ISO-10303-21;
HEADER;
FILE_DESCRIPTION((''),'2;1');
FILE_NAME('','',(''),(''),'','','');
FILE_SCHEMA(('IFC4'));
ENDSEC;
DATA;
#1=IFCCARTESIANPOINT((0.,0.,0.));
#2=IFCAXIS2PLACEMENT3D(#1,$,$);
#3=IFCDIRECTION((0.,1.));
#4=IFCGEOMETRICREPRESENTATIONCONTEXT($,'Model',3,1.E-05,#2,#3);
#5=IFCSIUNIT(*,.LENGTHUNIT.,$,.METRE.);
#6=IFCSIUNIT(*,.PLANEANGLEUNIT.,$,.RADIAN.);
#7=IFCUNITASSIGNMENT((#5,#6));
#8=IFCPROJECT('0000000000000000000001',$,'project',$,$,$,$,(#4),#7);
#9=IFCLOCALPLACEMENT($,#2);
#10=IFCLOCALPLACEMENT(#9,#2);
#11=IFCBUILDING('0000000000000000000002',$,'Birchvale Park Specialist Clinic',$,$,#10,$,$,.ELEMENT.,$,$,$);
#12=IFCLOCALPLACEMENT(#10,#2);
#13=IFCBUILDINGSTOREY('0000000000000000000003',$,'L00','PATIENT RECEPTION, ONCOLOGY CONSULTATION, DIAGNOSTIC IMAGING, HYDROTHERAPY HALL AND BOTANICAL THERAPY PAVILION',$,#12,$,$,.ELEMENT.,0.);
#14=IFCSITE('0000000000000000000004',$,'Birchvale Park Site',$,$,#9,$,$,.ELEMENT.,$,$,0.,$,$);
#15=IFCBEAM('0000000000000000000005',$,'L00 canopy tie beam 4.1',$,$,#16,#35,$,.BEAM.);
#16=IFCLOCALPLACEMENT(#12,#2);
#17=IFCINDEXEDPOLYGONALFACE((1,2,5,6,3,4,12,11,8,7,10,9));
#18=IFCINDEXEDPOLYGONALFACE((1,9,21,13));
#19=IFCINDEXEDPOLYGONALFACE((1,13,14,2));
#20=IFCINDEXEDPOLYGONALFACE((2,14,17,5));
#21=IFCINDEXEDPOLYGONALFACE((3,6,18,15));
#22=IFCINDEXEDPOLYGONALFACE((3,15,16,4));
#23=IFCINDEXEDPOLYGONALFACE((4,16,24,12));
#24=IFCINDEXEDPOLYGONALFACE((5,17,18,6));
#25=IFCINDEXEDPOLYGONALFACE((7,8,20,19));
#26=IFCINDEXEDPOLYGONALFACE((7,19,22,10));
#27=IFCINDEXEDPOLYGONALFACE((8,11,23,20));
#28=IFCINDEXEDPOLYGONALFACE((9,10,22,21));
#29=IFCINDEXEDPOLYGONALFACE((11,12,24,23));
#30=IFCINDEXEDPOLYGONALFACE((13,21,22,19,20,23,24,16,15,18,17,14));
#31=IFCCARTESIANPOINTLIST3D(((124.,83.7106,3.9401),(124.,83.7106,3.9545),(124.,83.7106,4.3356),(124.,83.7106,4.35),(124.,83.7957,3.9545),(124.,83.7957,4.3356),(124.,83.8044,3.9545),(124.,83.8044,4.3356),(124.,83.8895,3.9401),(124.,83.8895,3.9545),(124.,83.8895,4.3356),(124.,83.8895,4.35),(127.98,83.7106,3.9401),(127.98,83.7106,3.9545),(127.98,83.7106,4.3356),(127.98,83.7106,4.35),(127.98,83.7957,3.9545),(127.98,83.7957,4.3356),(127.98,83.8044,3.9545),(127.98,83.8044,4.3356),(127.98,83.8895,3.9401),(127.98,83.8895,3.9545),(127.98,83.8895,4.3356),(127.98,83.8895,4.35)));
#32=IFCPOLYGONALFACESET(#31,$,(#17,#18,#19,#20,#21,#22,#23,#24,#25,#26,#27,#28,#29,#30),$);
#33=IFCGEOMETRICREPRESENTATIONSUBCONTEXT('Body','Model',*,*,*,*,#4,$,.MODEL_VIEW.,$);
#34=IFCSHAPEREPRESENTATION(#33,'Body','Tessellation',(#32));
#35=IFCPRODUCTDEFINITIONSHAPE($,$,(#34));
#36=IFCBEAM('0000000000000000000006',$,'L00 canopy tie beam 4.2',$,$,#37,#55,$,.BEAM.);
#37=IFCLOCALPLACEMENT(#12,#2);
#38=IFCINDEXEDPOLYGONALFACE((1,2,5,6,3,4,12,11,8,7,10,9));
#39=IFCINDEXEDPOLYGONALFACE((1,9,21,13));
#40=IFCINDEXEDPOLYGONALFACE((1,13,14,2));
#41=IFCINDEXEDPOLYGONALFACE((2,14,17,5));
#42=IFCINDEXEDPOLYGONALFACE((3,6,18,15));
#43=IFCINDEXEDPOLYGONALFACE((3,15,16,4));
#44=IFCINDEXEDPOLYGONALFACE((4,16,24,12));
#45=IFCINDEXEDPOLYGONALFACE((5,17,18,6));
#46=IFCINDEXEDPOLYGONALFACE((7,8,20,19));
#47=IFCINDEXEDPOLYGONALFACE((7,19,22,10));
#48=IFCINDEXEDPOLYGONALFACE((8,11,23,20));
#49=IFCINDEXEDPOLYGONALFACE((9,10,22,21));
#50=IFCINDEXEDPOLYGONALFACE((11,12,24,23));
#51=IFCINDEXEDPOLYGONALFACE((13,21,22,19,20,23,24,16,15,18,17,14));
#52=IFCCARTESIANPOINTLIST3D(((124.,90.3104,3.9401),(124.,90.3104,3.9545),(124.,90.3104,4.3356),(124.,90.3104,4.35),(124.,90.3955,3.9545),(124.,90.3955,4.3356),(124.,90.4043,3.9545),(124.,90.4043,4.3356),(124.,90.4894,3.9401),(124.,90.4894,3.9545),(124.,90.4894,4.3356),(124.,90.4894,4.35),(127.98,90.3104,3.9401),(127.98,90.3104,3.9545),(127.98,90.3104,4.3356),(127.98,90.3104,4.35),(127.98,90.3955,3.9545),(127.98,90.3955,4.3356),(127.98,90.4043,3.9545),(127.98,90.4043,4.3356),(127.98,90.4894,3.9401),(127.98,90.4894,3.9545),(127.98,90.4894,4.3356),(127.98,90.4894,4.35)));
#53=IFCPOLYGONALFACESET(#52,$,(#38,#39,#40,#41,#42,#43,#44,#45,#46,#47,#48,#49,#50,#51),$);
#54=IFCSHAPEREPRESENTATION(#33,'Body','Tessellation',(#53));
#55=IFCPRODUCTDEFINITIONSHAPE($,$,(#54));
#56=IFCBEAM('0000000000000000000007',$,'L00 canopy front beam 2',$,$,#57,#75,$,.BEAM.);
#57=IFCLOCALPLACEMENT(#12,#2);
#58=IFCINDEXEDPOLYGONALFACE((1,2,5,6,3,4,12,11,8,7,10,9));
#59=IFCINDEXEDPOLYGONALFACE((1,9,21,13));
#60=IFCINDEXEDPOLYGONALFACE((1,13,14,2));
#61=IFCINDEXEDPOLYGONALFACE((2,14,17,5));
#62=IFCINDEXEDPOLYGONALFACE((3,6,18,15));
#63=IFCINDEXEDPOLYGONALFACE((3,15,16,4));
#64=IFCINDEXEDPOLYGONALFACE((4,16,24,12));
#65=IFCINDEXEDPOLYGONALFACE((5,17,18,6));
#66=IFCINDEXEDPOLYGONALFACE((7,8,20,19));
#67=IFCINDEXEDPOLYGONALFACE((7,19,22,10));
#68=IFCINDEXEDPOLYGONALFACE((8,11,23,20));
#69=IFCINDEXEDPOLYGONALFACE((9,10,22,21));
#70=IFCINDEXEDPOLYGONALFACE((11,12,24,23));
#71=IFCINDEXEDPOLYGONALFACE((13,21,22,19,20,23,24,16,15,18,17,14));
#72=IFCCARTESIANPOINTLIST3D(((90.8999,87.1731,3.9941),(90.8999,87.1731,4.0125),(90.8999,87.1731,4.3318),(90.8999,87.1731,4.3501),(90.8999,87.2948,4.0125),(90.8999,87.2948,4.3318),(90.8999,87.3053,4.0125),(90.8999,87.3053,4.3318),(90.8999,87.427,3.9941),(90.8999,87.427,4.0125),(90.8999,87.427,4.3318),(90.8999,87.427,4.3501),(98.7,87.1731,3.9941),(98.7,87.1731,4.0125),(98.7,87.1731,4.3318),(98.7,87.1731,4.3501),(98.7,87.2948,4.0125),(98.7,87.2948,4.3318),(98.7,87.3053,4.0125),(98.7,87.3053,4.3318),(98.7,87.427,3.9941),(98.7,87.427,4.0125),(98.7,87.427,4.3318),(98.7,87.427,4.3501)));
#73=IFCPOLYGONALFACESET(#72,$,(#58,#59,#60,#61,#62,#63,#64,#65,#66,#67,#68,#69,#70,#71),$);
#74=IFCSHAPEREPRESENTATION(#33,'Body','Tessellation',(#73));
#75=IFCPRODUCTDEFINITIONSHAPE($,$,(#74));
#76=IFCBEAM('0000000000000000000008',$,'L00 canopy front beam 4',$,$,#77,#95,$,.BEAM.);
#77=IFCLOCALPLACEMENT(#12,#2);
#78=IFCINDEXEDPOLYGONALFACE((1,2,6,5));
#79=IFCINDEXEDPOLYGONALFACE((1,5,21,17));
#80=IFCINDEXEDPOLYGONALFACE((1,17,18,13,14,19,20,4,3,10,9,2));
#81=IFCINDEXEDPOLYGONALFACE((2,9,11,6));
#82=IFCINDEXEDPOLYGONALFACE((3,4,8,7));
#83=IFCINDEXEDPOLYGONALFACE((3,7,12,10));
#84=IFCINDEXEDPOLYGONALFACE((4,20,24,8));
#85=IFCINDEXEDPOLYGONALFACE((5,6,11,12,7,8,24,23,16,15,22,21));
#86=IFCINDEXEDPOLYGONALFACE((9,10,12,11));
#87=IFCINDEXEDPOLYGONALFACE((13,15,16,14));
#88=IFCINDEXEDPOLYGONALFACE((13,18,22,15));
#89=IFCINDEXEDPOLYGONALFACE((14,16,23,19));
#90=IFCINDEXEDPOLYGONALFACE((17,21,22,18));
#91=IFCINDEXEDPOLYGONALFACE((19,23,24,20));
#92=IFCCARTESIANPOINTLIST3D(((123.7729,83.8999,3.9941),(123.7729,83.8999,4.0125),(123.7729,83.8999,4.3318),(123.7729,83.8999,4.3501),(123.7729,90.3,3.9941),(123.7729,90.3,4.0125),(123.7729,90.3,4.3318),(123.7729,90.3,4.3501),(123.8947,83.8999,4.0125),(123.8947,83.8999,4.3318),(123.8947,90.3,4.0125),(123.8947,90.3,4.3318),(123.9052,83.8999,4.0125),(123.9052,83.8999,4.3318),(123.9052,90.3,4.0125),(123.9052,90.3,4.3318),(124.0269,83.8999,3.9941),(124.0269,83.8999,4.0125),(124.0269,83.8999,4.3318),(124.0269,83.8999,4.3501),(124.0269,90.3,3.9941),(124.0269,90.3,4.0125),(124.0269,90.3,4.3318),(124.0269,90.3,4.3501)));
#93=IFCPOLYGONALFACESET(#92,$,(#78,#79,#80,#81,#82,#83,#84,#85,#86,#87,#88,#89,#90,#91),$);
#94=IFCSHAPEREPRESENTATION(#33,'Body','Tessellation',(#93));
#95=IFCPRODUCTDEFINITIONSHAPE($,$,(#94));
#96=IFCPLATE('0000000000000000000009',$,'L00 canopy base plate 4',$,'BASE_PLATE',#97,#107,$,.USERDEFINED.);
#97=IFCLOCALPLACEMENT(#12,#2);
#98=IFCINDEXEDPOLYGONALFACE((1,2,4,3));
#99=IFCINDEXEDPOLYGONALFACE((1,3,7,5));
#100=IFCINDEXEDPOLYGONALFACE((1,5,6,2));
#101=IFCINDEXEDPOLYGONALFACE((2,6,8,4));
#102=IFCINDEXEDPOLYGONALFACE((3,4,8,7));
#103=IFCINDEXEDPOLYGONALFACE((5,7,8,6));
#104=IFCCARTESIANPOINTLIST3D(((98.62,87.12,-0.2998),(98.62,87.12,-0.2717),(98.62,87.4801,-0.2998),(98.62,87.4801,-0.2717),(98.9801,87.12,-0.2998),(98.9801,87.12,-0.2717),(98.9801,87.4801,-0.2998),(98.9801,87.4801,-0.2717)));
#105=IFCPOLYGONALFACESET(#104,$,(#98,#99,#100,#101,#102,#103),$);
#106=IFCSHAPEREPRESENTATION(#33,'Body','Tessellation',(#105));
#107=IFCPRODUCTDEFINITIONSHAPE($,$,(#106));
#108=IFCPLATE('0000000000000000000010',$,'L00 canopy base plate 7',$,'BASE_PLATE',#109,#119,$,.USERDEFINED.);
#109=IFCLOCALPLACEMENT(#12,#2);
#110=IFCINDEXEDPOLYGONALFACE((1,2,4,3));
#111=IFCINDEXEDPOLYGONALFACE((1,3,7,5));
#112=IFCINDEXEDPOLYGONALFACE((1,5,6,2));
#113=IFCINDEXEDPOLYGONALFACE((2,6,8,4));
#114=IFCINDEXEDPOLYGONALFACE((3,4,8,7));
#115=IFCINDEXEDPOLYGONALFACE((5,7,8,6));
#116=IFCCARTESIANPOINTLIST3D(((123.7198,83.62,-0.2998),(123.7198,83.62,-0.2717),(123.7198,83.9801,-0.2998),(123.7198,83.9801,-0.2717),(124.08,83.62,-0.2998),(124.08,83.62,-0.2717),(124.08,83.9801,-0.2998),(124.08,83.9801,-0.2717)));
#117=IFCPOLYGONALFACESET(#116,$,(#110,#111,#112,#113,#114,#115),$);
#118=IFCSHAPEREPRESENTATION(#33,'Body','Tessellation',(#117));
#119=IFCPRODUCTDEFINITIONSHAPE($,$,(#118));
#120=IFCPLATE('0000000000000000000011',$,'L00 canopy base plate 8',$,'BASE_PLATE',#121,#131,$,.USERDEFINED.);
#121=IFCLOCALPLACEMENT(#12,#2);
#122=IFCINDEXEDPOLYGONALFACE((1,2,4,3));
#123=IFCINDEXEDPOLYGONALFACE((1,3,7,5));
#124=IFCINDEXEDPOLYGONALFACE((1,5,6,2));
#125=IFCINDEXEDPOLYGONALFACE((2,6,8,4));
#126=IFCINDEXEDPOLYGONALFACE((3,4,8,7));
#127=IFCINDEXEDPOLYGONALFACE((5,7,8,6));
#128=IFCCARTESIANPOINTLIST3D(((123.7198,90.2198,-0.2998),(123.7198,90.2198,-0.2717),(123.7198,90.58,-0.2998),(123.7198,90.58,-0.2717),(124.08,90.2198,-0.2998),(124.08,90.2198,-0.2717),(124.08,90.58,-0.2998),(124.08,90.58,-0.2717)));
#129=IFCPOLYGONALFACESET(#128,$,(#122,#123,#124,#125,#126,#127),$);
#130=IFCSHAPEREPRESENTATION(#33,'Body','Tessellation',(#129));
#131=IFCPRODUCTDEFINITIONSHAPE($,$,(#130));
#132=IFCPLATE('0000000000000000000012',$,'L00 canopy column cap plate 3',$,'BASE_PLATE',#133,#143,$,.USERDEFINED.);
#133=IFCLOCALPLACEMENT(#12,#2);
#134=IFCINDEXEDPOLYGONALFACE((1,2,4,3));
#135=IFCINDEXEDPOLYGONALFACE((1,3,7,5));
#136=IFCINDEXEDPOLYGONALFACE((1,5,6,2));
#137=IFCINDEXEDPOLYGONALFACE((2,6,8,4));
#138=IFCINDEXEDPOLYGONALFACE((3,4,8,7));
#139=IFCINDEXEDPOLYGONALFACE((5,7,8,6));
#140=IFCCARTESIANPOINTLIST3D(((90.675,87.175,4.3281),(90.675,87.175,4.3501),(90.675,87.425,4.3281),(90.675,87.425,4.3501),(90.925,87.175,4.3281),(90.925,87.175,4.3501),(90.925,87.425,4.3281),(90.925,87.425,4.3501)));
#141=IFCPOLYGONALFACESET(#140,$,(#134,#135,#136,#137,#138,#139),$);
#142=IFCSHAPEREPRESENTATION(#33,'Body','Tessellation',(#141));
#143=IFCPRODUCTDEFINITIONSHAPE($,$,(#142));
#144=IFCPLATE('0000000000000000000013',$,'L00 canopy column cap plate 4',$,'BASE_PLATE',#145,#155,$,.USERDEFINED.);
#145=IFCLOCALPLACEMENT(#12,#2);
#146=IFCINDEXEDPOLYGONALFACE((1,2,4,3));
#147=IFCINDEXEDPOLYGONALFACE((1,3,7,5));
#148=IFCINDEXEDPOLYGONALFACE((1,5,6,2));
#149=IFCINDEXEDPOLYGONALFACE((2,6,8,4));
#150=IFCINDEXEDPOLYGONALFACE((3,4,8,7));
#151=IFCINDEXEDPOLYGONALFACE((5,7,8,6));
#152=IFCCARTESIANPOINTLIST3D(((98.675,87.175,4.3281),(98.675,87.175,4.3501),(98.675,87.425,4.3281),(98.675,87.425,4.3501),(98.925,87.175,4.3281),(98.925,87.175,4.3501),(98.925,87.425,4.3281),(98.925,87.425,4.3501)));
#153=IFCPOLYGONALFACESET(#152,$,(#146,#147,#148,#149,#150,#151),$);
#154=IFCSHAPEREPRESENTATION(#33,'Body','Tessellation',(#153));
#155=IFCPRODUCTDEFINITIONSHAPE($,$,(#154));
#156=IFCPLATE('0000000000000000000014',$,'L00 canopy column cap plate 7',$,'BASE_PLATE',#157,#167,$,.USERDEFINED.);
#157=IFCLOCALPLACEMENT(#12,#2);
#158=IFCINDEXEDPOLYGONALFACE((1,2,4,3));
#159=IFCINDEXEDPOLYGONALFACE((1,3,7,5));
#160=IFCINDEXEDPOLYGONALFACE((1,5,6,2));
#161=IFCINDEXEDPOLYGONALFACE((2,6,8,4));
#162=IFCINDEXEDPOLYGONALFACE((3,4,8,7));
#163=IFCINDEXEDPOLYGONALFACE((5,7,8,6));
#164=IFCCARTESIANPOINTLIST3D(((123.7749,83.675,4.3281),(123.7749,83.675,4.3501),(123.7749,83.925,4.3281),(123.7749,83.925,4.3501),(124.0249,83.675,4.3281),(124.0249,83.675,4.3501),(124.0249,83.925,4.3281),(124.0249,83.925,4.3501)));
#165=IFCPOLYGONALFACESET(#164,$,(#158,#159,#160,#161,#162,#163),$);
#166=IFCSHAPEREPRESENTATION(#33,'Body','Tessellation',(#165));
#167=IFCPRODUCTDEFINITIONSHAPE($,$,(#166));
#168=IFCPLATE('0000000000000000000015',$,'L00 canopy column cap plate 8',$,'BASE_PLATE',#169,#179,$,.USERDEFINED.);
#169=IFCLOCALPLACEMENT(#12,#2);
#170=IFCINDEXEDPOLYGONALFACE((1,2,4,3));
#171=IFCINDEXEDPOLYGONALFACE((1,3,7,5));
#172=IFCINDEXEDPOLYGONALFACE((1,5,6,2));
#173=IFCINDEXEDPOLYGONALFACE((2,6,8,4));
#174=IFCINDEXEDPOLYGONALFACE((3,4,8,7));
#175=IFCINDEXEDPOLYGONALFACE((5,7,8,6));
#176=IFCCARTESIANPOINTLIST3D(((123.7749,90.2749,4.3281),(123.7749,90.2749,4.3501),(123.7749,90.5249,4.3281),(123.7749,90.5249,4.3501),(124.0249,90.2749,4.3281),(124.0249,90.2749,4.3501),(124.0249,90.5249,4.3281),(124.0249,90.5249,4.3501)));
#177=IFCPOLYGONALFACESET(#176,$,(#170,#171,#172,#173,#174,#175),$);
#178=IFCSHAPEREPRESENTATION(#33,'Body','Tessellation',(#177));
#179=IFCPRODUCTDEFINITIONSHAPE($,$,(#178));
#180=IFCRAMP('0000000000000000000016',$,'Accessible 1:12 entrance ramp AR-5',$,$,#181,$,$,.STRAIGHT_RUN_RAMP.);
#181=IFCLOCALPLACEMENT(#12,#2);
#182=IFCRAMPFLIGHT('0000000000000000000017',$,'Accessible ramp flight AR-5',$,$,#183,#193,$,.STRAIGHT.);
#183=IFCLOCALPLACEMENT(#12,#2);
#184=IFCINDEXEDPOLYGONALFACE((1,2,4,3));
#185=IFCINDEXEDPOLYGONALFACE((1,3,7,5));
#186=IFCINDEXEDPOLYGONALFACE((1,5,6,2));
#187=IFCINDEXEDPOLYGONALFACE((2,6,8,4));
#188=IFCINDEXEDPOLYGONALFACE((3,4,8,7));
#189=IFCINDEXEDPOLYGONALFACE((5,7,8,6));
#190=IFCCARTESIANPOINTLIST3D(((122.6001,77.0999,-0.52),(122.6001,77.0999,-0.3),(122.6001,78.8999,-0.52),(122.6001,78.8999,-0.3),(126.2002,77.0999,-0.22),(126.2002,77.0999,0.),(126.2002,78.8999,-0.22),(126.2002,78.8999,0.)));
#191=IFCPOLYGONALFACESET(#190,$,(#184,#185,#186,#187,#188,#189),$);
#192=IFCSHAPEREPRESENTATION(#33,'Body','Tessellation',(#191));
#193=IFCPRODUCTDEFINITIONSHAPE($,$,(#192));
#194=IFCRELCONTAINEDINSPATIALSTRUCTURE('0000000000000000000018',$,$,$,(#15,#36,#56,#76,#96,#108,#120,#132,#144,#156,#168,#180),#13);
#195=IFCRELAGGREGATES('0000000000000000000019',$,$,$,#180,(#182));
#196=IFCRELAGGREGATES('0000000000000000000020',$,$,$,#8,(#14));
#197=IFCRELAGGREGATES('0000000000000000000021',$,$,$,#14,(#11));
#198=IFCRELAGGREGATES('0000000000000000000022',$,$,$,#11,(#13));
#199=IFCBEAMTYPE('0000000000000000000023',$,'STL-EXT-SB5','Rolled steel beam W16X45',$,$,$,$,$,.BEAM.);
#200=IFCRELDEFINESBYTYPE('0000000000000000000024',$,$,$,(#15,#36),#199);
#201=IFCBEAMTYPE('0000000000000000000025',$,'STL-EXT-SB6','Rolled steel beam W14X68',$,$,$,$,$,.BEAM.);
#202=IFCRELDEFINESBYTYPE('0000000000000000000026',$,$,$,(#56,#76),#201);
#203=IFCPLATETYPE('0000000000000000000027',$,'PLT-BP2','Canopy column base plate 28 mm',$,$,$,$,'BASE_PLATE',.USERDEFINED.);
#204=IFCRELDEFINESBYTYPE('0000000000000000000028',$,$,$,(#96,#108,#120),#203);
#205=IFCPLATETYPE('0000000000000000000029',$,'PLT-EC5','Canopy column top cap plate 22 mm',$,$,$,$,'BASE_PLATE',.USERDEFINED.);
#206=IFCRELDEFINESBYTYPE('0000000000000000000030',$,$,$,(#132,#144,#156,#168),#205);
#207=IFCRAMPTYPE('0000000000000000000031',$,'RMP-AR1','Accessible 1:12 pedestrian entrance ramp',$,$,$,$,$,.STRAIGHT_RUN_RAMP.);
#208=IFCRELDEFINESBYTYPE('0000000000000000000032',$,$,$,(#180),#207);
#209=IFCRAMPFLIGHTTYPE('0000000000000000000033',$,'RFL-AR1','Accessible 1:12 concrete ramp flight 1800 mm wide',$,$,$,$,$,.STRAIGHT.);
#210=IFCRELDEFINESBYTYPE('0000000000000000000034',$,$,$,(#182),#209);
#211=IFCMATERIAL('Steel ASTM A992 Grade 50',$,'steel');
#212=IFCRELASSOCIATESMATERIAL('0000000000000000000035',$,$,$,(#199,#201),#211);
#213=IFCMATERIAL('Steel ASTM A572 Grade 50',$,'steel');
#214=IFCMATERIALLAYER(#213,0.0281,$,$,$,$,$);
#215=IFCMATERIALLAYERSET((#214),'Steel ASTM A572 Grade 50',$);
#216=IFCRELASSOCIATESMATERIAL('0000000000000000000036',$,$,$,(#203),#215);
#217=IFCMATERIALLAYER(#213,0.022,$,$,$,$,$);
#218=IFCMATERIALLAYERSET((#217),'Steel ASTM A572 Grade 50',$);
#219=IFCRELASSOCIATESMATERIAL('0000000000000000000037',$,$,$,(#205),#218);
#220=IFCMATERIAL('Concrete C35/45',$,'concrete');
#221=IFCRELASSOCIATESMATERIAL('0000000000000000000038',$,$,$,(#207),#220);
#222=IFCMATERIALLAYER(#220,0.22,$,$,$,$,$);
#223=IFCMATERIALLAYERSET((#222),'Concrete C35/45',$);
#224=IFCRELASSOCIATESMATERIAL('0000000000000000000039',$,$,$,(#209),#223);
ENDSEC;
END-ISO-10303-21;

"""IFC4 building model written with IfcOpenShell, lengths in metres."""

from ifc_helpers import new_model, si_unit, direction, frame, origin, origin_2d, place, context, subcontext, project, spatial, polyline, rectangle, i_section, outline, extrude, material, layer, layer_set, material_profile, profile_set, type_object, element, aggregate, save


model = new_model("IFC4")

# Units and contexts
model_context = context("Model", 3, precision=1e-05, world=origin(), true_north=direction((0.0, 1.0)))
body_context = subcontext(model_context, "Body", "Model", "MODEL_VIEW")
ifc_project = project(units=[si_unit("LENGTHUNIT", "METRE"), si_unit("PLANEANGLEUNIT", "RADIAN")], contexts=[model_context])

# Site, building, storey
site_placement = place(None, origin())
site = spatial("IfcSite", under=ifc_project, at=site_placement, Name="Birchvale Park Site", CompositionType="ELEMENT", RefElevation=0.0)
building_placement = place(site_placement, origin())
building = spatial("IfcBuilding", under=site, at=building_placement, Name="Birchvale Park Specialist Clinic", CompositionType="ELEMENT")
storey_placement = place(building_placement, origin())
storey = spatial("IfcBuildingStorey", under=building, at=storey_placement, Name="L00", Description="PATIENT RECEPTION, ONCOLOGY CONSULTATION, DIAGNOSTIC IMAGING, HYDROTHERAPY HALL AND BOTANICAL THERAPY PAVILION", CompositionType="ELEMENT", Elevation=0.0)

# Beams
ifc_material_1 = material(Name="Steel ASTM A992 Grade 50", Category="steel")
ifc_material_profile_1 = material_profile(ifc_material_1, i_section(OverallWidth=0.179, OverallDepth=0.4099, WebThickness=0.0088, FlangeThickness=0.0144, at=origin_2d()), Name="W16X45")
ifc_profile_set_1 = profile_set([ifc_material_profile_1], Name="Steel ASTM A992 Grade 50")
beam_type_1 = type_object("IfcBeamType", Name="STL-EXT-SB5", Description="Rolled steel beam W16X45", PredefinedType="BEAM", material=ifc_profile_set_1)
for number, where, z_axis, x_axis, name in (
    (1, (124.0, 83.8, 4.145), (1.0, 0.0, 0.0), (0.0, 1.0, 0.0), "L00 canopy tie beam 4.1"),
    (2, (124.0, 90.3999, 4.145), (1.0, 0.0, 0.0), (0.0, 1.0, 0.0), "L00 canopy tie beam 4.2"),
):
    element("IfcBeam", number, at=place(storey_placement, frame(where, z_axis=z_axis, x_axis=x_axis)), inside=storey, type_object=beam_type_1, Name=name, PredefinedType="BEAM", context=body_context, shape_type="SweptSolid", body=[
        extrude(i_section(OverallWidth=0.179, OverallDepth=0.4099, WebThickness=0.0088, FlangeThickness=0.0144, at=origin_2d()), origin(), (0.0, 0.0, 1.0), 3.98),
    ])
ifc_material_profile_2 = material_profile(ifc_material_1, i_section(OverallWidth=0.2539, OverallDepth=0.356, WebThickness=0.0105, FlangeThickness=0.0183, at=origin_2d()), Name="W14X68")
ifc_profile_set_2 = profile_set([ifc_material_profile_2], Name="Steel ASTM A992 Grade 50")
beam_type_2 = type_object("IfcBeamType", Name="STL-EXT-SB6", Description="Rolled steel beam W14X68", PredefinedType="BEAM", material=ifc_profile_set_2)
beam_1_placement = place(storey_placement, frame((90.8999, 87.3, 4.1721), z_axis=(1.0, 0.0, 0.0), x_axis=(0.0, 1.0, 0.0)))
element("IfcBeam", 3, at=beam_1_placement, inside=storey, type_object=beam_type_2, Name="L00 canopy front beam 2", PredefinedType="BEAM", context=body_context, shape_type="SweptSolid", body=[
    extrude(i_section(OverallWidth=0.2539, OverallDepth=0.356, WebThickness=0.0105, FlangeThickness=0.0183, at=origin_2d()), origin(), (0.0, 0.0, 1.0), 7.8),
])
beam_2_placement = place(storey_placement, frame((123.8999, 83.8999, 4.1721), z_axis=(0.0, 1.0, 0.0), x_axis=(-1.0, 0.0, 0.0)))
element("IfcBeam", 4, at=beam_2_placement, inside=storey, type_object=beam_type_2, Name="L00 canopy front beam 4", PredefinedType="BEAM", context=body_context, shape_type="SweptSolid", body=[
    extrude(i_section(OverallWidth=0.2539, OverallDepth=0.356, WebThickness=0.0105, FlangeThickness=0.0183, at=origin_2d()), origin(), (0.0, 0.0, 1.0), 6.4001),
])

# Plates
ifc_material_2 = material(Name="Steel ASTM A572 Grade 50", Category="steel")
ifc_layer_1 = layer(ifc_material_2, 0.0281)
ifc_layer_set_1 = layer_set([ifc_layer_1], Name="Steel ASTM A572 Grade 50")
plate_type_1 = type_object("IfcPlateType", Name="PLT-BP2", Description="Canopy column base plate 28 mm", ElementType="BASE_PLATE", PredefinedType="USERDEFINED", material=ifc_layer_set_1)
for number, where, z_axis, x_axis, name in (
    (5, (98.8, 87.3, -0.2998), (0.0, 0.0, 1.0), (1.0, 0.0, 0.0), "L00 canopy base plate 4"),
    (6, (123.8999, 83.8, -0.2998), (0.0, 0.0, 1.0), (1.0, 0.0, 0.0), "L00 canopy base plate 7"),
    (7, (123.8999, 90.3999, -0.2998), (0.0, 0.0, 1.0), (1.0, 0.0, 0.0), "L00 canopy base plate 8"),
):
    element("IfcPlate", number, at=place(storey_placement, frame(where, z_axis=z_axis, x_axis=x_axis)), inside=storey, type_object=plate_type_1, Name=name, ObjectType="BASE_PLATE", PredefinedType="USERDEFINED", context=body_context, shape_type="SweptSolid", body=[
        extrude(rectangle(XDim=0.3601, YDim=0.3601, at=origin_2d()), origin(), (0.0, 0.0, 1.0), 0.0281),
    ])
ifc_layer_2 = layer(ifc_material_2, 0.022)
ifc_layer_set_2 = layer_set([ifc_layer_2], Name="Steel ASTM A572 Grade 50")
plate_type_2 = type_object("IfcPlateType", Name="PLT-EC5", Description="Canopy column top cap plate 22 mm", ElementType="BASE_PLATE", PredefinedType="USERDEFINED", material=ifc_layer_set_2)
for number, where, z_axis, x_axis, name in (
    (8, (90.8, 87.3, 4.3281), (0.0, 0.0, 1.0), (1.0, 0.0, 0.0), "L00 canopy column cap plate 3"),
    (9, (98.8, 87.3, 4.3281), (0.0, 0.0, 1.0), (1.0, 0.0, 0.0), "L00 canopy column cap plate 4"),
    (10, (123.8999, 83.8, 4.3281), (0.0, 0.0, 1.0), (1.0, 0.0, 0.0), "L00 canopy column cap plate 7"),
    (11, (123.8999, 90.3999, 4.3281), (0.0, 0.0, 1.0), (1.0, 0.0, 0.0), "L00 canopy column cap plate 8"),
):
    element("IfcPlate", number, at=place(storey_placement, frame(where, z_axis=z_axis, x_axis=x_axis)), inside=storey, type_object=plate_type_2, Name=name, ObjectType="BASE_PLATE", PredefinedType="USERDEFINED", context=body_context, shape_type="SweptSolid", body=[
        extrude(rectangle(XDim=0.25, YDim=0.25, at=origin_2d()), origin(), (0.0, 0.0, 1.0), 0.022),
    ])

# Ramp, ramp flight
ifc_material_3 = material(Name="Concrete C35/45", Category="concrete")
ramp_type = type_object("IfcRampType", Name="RMP-AR1", Description="Accessible 1:12 pedestrian entrance ramp", PredefinedType="STRAIGHT_RUN_RAMP", material=ifc_material_3)
ramp_placement = place(storey_placement, origin())
ramp = element("IfcRamp", 12, at=ramp_placement, inside=storey, type_object=ramp_type, Name="Accessible 1:12 entrance ramp AR-5", PredefinedType="STRAIGHT_RUN_RAMP")
ifc_layer_3 = layer(ifc_material_3, 0.22)
ifc_layer_set_3 = layer_set([ifc_layer_3], Name="Concrete C35/45")
ramp_flight_type = type_object("IfcRampFlightType", Name="RFL-AR1", Description="Accessible 1:12 concrete ramp flight 1800 mm wide", PredefinedType="STRAIGHT", material=ifc_layer_set_3)
ramp_flight_placement = place(storey_placement, frame((122.6001, 78.0, -0.3), z_axis=(0.0, 0.0, 1.0), x_axis=(1.0, 0.0, 0.0)))
ramp_flight = element("IfcRampFlight", 13, at=ramp_flight_placement, type_object=ramp_flight_type, Name="Accessible ramp flight AR-5", PredefinedType="STRAIGHT", context=body_context, shape_type="SweptSolid", body=[
    extrude(outline(polyline([(0.0, 0.0), (3.6001, 0.3), (3.6001, 0.0801), (0.0, -0.22), (0.0, 0.0)])), frame((0.0, 0.8999, 0.0), z_axis=(0.0, -1.0, 0.0), x_axis=(1.0, 0.0, 0.0)), (0.0, 0.0, 1.0), 1.8),
])
aggregate(ramp, [ramp_flight])

save(model, "model.ifc")
